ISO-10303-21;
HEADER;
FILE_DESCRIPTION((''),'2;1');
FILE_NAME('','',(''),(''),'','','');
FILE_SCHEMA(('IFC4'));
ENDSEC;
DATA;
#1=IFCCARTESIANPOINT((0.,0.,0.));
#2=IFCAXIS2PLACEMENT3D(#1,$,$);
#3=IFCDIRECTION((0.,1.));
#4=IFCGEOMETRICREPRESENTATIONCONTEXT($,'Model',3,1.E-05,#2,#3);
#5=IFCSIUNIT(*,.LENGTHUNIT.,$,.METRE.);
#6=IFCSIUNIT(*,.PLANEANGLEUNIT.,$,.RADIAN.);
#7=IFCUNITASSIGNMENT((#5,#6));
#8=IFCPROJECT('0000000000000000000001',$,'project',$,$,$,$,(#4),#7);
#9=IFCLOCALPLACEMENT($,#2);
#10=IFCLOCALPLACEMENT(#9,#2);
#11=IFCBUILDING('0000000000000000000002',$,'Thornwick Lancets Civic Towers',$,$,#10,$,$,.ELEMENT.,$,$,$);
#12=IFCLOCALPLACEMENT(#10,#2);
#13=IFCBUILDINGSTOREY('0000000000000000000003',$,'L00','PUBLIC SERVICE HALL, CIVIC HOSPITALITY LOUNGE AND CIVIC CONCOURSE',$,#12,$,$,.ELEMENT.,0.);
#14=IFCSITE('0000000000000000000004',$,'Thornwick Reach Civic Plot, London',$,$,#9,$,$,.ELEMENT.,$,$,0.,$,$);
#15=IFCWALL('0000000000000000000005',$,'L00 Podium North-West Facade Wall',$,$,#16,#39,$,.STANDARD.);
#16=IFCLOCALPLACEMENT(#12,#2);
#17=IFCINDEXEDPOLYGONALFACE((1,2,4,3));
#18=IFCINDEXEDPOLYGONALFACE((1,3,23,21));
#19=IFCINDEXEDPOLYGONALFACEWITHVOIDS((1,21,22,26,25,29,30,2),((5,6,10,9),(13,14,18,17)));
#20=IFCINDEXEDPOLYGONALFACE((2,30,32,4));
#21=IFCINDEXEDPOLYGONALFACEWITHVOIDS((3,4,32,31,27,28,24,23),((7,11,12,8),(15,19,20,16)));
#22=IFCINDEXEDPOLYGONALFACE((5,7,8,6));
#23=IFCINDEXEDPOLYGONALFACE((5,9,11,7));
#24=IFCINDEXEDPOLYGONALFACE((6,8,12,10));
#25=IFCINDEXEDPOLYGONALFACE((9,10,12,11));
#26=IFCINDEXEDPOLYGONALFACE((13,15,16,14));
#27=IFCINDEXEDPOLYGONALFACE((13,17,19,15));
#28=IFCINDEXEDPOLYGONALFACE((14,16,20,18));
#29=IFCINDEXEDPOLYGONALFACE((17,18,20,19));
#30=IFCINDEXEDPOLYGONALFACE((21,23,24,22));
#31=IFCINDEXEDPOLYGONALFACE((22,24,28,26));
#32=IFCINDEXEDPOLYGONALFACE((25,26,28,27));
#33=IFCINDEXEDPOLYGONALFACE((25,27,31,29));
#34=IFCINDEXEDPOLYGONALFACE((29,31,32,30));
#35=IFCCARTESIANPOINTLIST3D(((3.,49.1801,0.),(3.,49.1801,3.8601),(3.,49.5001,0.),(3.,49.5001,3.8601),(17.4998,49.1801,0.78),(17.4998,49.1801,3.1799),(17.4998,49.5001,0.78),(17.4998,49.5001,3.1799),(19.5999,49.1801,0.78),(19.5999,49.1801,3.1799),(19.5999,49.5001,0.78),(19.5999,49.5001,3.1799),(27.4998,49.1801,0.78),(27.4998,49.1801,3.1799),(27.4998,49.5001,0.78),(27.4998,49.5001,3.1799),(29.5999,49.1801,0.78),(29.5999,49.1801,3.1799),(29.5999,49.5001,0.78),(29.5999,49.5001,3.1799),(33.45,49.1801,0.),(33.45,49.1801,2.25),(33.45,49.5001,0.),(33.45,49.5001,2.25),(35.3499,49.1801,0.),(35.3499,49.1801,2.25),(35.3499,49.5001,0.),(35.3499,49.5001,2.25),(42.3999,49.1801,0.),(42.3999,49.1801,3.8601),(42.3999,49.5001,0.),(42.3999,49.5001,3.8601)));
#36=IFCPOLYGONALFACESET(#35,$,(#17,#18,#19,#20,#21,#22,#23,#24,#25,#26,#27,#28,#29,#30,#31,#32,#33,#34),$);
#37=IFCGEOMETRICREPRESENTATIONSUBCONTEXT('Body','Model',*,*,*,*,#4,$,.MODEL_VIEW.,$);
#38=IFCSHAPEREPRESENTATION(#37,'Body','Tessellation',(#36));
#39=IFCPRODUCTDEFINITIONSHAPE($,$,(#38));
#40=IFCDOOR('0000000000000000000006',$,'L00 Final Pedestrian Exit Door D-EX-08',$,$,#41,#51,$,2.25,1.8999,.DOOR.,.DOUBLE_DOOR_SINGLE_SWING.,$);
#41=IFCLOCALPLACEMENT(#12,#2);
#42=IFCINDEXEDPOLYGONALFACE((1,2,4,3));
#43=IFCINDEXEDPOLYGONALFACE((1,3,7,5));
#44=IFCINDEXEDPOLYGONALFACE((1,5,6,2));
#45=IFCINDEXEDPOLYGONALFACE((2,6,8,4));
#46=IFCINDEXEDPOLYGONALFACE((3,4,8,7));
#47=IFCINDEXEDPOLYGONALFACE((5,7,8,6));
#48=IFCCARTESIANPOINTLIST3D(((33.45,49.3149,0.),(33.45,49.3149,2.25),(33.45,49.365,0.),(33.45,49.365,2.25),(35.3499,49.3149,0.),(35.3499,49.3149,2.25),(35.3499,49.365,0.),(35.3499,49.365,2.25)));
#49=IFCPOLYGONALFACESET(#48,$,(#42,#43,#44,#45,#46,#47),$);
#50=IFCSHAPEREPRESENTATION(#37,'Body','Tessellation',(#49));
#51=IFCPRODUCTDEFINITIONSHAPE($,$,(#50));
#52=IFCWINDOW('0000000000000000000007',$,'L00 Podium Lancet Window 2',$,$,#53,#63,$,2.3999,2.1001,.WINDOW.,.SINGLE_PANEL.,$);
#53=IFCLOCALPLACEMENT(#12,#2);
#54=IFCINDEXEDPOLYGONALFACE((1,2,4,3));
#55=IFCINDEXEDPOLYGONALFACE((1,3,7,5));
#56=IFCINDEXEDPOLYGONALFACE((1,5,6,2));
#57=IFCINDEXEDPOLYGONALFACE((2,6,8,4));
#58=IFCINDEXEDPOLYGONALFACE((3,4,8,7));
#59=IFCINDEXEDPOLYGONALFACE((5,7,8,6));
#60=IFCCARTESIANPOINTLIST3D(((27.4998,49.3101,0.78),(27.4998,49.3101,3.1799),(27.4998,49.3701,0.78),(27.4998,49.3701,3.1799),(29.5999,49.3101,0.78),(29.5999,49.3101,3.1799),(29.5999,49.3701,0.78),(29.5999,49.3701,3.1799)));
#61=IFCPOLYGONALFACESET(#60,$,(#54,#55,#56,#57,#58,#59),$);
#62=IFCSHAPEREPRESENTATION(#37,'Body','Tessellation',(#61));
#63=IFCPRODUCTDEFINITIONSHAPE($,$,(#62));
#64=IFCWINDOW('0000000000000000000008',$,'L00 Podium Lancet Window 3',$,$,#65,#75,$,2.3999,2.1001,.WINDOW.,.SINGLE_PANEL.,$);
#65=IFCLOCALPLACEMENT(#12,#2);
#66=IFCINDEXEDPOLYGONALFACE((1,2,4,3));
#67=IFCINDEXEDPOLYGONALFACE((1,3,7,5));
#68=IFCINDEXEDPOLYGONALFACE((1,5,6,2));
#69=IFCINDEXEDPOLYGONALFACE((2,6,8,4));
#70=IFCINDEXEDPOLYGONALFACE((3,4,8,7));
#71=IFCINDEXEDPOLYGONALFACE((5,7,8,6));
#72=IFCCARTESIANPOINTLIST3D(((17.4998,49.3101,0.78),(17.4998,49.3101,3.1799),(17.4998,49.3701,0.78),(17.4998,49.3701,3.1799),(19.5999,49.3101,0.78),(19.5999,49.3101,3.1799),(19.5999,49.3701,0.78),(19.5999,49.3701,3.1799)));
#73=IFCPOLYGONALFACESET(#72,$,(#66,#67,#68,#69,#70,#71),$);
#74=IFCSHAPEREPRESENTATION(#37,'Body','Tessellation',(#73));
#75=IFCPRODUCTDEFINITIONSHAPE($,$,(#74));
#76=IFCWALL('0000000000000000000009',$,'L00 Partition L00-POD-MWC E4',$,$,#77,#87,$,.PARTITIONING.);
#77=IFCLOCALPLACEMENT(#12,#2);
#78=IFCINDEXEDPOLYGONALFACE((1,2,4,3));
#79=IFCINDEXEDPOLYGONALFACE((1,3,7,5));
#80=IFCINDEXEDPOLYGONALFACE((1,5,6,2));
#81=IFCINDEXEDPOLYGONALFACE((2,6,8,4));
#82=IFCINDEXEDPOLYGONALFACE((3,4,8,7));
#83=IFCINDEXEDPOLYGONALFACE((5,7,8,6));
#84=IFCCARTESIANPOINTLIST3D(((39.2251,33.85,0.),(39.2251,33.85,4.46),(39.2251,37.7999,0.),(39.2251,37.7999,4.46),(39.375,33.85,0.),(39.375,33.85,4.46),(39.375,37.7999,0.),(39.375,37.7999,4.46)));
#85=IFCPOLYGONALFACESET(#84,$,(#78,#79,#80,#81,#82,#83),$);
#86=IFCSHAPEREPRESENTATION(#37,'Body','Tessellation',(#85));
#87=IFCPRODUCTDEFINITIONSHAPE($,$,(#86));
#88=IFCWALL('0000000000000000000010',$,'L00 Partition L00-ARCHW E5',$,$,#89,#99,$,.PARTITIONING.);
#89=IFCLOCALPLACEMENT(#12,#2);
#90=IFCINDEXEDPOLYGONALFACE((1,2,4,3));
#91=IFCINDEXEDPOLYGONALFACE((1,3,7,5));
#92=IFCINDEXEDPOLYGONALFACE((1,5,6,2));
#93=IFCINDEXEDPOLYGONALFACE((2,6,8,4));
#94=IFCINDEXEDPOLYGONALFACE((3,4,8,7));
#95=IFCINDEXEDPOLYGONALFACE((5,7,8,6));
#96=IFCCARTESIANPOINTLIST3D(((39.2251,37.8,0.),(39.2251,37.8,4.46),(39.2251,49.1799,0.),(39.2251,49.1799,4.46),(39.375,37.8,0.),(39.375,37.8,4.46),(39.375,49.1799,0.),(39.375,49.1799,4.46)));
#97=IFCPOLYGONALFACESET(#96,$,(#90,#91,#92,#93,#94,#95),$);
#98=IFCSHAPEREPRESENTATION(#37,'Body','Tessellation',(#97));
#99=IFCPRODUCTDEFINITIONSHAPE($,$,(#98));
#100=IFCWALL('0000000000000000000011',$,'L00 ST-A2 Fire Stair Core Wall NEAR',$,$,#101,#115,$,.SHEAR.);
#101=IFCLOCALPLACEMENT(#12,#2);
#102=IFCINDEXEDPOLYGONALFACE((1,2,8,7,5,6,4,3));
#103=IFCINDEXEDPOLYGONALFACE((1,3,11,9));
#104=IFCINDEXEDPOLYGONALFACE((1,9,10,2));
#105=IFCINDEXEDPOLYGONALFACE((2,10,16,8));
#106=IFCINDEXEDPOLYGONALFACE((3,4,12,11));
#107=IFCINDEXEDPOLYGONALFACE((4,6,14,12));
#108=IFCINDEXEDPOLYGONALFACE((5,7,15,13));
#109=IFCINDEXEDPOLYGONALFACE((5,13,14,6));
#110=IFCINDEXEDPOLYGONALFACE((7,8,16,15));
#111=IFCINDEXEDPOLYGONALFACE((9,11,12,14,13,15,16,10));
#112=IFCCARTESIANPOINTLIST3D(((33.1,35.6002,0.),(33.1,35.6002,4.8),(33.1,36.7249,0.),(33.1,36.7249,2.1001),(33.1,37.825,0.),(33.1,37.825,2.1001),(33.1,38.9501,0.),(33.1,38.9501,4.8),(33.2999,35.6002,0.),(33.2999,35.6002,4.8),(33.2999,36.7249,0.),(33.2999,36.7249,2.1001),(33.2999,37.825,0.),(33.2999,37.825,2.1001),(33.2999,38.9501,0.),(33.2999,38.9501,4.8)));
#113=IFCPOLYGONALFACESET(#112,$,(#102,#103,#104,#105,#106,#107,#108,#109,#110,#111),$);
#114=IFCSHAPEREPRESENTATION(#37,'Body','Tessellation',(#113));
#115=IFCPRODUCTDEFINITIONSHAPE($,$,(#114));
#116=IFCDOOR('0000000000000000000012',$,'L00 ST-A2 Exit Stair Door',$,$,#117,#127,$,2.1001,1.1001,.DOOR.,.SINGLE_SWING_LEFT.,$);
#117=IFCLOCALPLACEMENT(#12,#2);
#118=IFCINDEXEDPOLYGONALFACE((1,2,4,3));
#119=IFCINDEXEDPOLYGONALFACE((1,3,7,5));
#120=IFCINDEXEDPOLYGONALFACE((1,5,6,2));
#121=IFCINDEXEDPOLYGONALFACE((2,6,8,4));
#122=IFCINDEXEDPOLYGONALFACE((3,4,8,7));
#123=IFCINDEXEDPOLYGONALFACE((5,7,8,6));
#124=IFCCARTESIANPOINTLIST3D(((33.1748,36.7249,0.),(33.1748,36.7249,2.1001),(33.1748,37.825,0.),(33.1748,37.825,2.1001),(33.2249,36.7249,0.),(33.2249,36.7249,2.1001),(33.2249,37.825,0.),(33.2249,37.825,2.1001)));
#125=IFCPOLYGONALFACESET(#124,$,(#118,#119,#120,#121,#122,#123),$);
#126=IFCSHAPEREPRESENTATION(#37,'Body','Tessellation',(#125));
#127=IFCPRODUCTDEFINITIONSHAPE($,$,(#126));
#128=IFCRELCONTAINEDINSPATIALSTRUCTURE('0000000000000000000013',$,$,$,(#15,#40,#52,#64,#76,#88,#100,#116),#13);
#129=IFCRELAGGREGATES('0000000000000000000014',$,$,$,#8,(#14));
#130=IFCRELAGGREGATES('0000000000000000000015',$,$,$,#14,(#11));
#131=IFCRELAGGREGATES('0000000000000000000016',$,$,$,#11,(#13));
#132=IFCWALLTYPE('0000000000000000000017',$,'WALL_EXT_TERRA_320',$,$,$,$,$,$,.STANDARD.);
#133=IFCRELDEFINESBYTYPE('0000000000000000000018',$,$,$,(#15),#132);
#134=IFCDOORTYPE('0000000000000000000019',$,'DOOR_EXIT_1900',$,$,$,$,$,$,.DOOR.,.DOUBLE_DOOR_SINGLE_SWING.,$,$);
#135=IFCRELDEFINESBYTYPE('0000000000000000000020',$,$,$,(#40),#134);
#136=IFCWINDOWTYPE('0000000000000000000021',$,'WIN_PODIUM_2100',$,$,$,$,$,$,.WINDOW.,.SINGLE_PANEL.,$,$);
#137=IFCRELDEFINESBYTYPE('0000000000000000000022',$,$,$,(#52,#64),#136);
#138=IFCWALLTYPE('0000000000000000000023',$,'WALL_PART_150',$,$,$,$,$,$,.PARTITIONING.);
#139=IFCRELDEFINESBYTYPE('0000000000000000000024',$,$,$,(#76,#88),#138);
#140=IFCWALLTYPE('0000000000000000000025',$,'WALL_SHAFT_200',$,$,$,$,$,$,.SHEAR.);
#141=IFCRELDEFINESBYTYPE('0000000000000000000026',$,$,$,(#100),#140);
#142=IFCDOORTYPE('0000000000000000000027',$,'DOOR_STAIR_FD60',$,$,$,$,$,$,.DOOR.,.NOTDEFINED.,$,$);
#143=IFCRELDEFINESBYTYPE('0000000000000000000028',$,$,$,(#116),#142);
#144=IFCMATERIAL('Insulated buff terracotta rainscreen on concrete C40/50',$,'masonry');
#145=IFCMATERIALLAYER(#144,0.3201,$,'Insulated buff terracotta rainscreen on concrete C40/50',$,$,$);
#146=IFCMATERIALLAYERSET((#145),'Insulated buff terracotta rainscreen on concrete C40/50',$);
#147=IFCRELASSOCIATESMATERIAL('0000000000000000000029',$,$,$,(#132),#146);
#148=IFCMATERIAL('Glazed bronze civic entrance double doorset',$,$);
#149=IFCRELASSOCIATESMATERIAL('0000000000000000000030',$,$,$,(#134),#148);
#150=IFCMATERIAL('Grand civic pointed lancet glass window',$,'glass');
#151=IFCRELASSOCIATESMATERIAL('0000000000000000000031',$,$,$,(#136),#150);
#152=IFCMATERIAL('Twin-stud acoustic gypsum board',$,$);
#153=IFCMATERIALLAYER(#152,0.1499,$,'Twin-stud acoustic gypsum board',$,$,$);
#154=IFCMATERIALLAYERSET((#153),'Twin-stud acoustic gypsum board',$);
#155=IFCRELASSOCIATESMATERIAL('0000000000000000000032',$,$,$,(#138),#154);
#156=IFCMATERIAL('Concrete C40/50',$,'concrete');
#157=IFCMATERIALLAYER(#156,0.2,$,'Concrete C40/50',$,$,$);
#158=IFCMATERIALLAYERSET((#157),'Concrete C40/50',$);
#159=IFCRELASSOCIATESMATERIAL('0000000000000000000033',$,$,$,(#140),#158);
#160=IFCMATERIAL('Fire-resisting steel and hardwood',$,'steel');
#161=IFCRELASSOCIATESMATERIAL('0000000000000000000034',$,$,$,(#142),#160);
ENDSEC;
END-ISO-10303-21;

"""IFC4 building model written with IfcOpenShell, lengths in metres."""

from ifc_helpers import new_model, si_unit, direction, frame, frame_2d, origin, place, context, subcontext, project, spatial, rectangle, extrude, material, layer, layer_set, type_object, element, fill, save


model = new_model("IFC4")

# Units and contexts
model_context = context("Model", 3, precision=1e-05, world=origin(), true_north=direction((0.0, 1.0)))
body_context = subcontext(model_context, "Body", "Model", "MODEL_VIEW")
ifc_project = project(units=[si_unit("LENGTHUNIT", "METRE"), si_unit("PLANEANGLEUNIT", "RADIAN")], contexts=[model_context])

# Site, building, storey
site_placement = place(None, origin())
site = spatial("IfcSite", under=ifc_project, at=site_placement, Name="Thornwick Reach Civic Plot, London", CompositionType="ELEMENT", RefElevation=0.0)
building_placement = place(site_placement, origin())
building = spatial("IfcBuilding", under=site, at=building_placement, Name="Thornwick Lancets Civic Towers", CompositionType="ELEMENT")
storey_placement = place(building_placement, origin())
storey = spatial("IfcBuildingStorey", under=building, at=storey_placement, Name="L00", Description="PUBLIC SERVICE HALL, CIVIC HOSPITALITY LOUNGE AND CIVIC CONCOURSE", CompositionType="ELEMENT", Elevation=0.0)

# Wall, openings, door, windows
ifc_material_1 = material(Name="Insulated buff terracotta rainscreen on concrete C40/50", Category="masonry")
ifc_layer_1 = layer(ifc_material_1, 0.3201, Name="Insulated buff terracotta rainscreen on concrete C40/50")
ifc_layer_set_1 = layer_set([ifc_layer_1], Name="Insulated buff terracotta rainscreen on concrete C40/50")
wall_type_1 = type_object("IfcWallType", Name="WALL_EXT_TERRA_320", PredefinedType="STANDARD", material=ifc_layer_set_1)
wall_1_placement = place(storey_placement, frame((42.3999, 49.3401, 0.0), z_axis=(0.0, 0.0, 1.0), x_axis=(-1.0, 0.0, 0.0)))
wall_1 = element("IfcWall", 1, at=wall_1_placement, inside=storey, type_object=wall_type_1, Name="L00 Podium North-West Facade Wall", PredefinedType="STANDARD", context=body_context, shape_type="SweptSolid", body=[
    extrude(rectangle(XDim=39.3999, YDim=0.3201, at=frame_2d((19.7, 0.0))), origin(), (0.0, 0.0, 1.0), 3.8601),
])
opening_1_placement = place(wall_1_placement, frame((8.95, 0.0, 0.0), z_axis=(0.0, 0.0, 1.0), x_axis=(-1.0, 0.0, 0.0)))
opening_1 = element("IfcOpeningElement", 2, at=opening_1_placement, cuts=wall_1, PredefinedType="OPENING", context=body_context, shape_type="SweptSolid", body=[
    extrude(rectangle(XDim=1.8999, YDim=2.25, at=frame_2d((0.95, 1.125))), frame((0.0, 0.1699, 0.0), z_axis=(0.0, -1.0, 0.0), x_axis=(1.0, 0.0, 0.0)), (0.0, 0.0, 1.0), 0.3401),
])
opening_2_placement = place(wall_1_placement, frame((12.8, 0.0, 0.78)))
opening_2 = element("IfcOpeningElement", 3, at=opening_2_placement, cuts=wall_1, PredefinedType="OPENING", context=body_context, shape_type="SweptSolid", body=[
    extrude(rectangle(XDim=2.1001, YDim=2.3999, at=frame_2d((1.05, 1.2))), frame((0.0, 0.1699, 0.0), z_axis=(0.0, -1.0, 0.0), x_axis=(1.0, 0.0, 0.0)), (0.0, 0.0, 1.0), 0.3401),
])
opening_3_placement = place(wall_1_placement, frame((22.8, 0.0, 0.78)))
opening_3 = element("IfcOpeningElement", 4, at=opening_3_placement, cuts=wall_1, PredefinedType="OPENING", context=body_context, shape_type="SweptSolid", body=[
    extrude(rectangle(XDim=2.1001, YDim=2.3999, at=frame_2d((1.05, 1.2))), frame((0.0, 0.1699, 0.0), z_axis=(0.0, -1.0, 0.0), x_axis=(1.0, 0.0, 0.0)), (0.0, 0.0, 1.0), 0.3401),
])
ifc_material_2 = material(Name="Glazed bronze civic entrance double doorset")
door_type_1 = type_object("IfcDoorType", Name="DOOR_EXIT_1900", OperationType="DOUBLE_DOOR_SINGLE_SWING", PredefinedType="DOOR", material=ifc_material_2)
door_1_placement = place(opening_1_placement, origin())
door_1 = element("IfcDoor", 5, at=door_1_placement, inside=storey, type_object=door_type_1, Name="L00 Final Pedestrian Exit Door D-EX-08", OperationType="DOUBLE_DOOR_SINGLE_SWING", OverallHeight=2.25, OverallWidth=1.8999, PredefinedType="DOOR", context=body_context, shape_type="SweptSolid", body=[
    extrude(rectangle(XDim=1.8999, YDim=2.25, at=frame_2d((0.95, 1.125))), frame((0.0, 0.0249, 0.0), z_axis=(0.0, -1.0, 0.0), x_axis=(1.0, 0.0, 0.0)), (0.0, 0.0, 1.0), 0.05),
])
fill(opening_1, door_1)
ifc_material_3 = material(Name="Grand civic pointed lancet glass window", Category="glass")
window_type = type_object("IfcWindowType", Name="WIN_PODIUM_2100", PartitioningType="SINGLE_PANEL", PredefinedType="WINDOW", material=ifc_material_3)
window_1_placement = place(opening_2_placement, origin())
window_1 = element("IfcWindow", 6, at=window_1_placement, inside=storey, type_object=window_type, Name="L00 Podium Lancet Window 2", OverallHeight=2.3999, OverallWidth=2.1001, PartitioningType="SINGLE_PANEL", PredefinedType="WINDOW", context=body_context, shape_type="SweptSolid", body=[
    extrude(rectangle(XDim=2.1001, YDim=2.3999, at=frame_2d((1.05, 1.2))), frame((0.0, 0.03, 0.0), z_axis=(0.0, -1.0, 0.0), x_axis=(1.0, 0.0, 0.0)), (0.0, 0.0, 1.0), 0.0601),
])
fill(opening_2, window_1)
window_2_placement = place(opening_3_placement, origin())
window_2 = element("IfcWindow", 7, at=window_2_placement, inside=storey, type_object=window_type, Name="L00 Podium Lancet Window 3", OverallHeight=2.3999, OverallWidth=2.1001, PartitioningType="SINGLE_PANEL", PredefinedType="WINDOW", context=body_context, shape_type="SweptSolid", body=[
    extrude(rectangle(XDim=2.1001, YDim=2.3999, at=frame_2d((1.05, 1.2))), frame((0.0, 0.03, 0.0), z_axis=(0.0, -1.0, 0.0), x_axis=(1.0, 0.0, 0.0)), (0.0, 0.0, 1.0), 0.0601),
])
fill(opening_3, window_2)

# Walls
ifc_material_4 = material(Name="Twin-stud acoustic gypsum board")
ifc_layer_2 = layer(ifc_material_4, 0.1499, Name="Twin-stud acoustic gypsum board")
ifc_layer_set_2 = layer_set([ifc_layer_2], Name="Twin-stud acoustic gypsum board")
wall_type_2 = type_object("IfcWallType", Name="WALL_PART_150", PredefinedType="PARTITIONING", material=ifc_layer_set_2)
wall_2_placement = place(storey_placement, frame((39.3, 37.8, 0.0), z_axis=(0.0, 0.0, 1.0), x_axis=(0.0, -1.0, 0.0)))
element("IfcWall", 8, at=wall_2_placement, inside=storey, type_object=wall_type_2, Name="L00 Partition L00-POD-MWC E4", PredefinedType="PARTITIONING", context=body_context, shape_type="SweptSolid", body=[
    extrude(rectangle(XDim=3.95, YDim=0.1499, at=frame_2d((1.9751, 0.0))), origin(), (0.0, 0.0, 1.0), 4.46),
])
wall_3_placement = place(storey_placement, frame((39.3, 49.1799, 0.0), z_axis=(0.0, 0.0, 1.0), x_axis=(0.0, -1.0, 0.0)))
element("IfcWall", 9, at=wall_3_placement, inside=storey, type_object=wall_type_2, Name="L00 Partition L00-ARCHW E5", PredefinedType="PARTITIONING", context=body_context, shape_type="SweptSolid", body=[
    extrude(rectangle(XDim=11.3799, YDim=0.1499, at=frame_2d((5.6899, 0.0))), origin(), (0.0, 0.0, 1.0), 4.46),
])

# Wall, opening, door
ifc_material_5 = material(Name="Concrete C40/50", Category="concrete")
ifc_layer_3 = layer(ifc_material_5, 0.2, Name="Concrete C40/50")
ifc_layer_set_3 = layer_set([ifc_layer_3], Name="Concrete C40/50")
wall_type_3 = type_object("IfcWallType", Name="WALL_SHAFT_200", PredefinedType="SHEAR", material=ifc_layer_set_3)
wall_4_placement = place(storey_placement, frame((33.2, 38.95, 0.0), z_axis=(0.0, 0.0, 1.0), x_axis=(0.0, -1.0, 0.0)))
wall_4 = element("IfcWall", 10, at=wall_4_placement, inside=storey, type_object=wall_type_3, Name="L00 ST-A2 Fire Stair Core Wall NEAR", PredefinedType="SHEAR", context=body_context, shape_type="SweptSolid", body=[
    extrude(rectangle(XDim=3.3499, YDim=0.2, at=frame_2d((1.6748, 0.0))), origin(), (0.0, 0.0, 1.0), 4.8),
])
opening_4_placement = place(wall_4_placement, frame((1.125, 0.0, 0.0)))
opening_4 = element("IfcOpeningElement", 11, at=opening_4_placement, cuts=wall_4, PredefinedType="OPENING", context=body_context, shape_type="SweptSolid", body=[
    extrude(rectangle(XDim=1.1001, YDim=2.1001, at=frame_2d((0.55, 1.05))), frame((0.0, 0.1099, 0.0), z_axis=(0.0, -1.0, 0.0), x_axis=(1.0, 0.0, 0.0)), (0.0, 0.0, 1.0), 0.22),
])
ifc_material_6 = material(Name="Fire-resisting steel and hardwood", Category="steel")
door_type_2 = type_object("IfcDoorType", Name="DOOR_STAIR_FD60", OperationType="NOTDEFINED", PredefinedType="DOOR", material=ifc_material_6)
door_2_placement = place(opening_4_placement, origin())
door_2 = element("IfcDoor", 12, at=door_2_placement, inside=storey, type_object=door_type_2, Name="L00 ST-A2 Exit Stair Door", OperationType="SINGLE_SWING_LEFT", OverallHeight=2.1001, OverallWidth=1.1001, PredefinedType="DOOR", context=body_context, shape_type="SweptSolid", body=[
    extrude(rectangle(XDim=1.1001, YDim=2.1001, at=frame_2d((0.55, 1.05))), frame((0.0, 0.0249, 0.0), z_axis=(0.0, -1.0, 0.0), x_axis=(1.0, 0.0, 0.0)), (0.0, 0.0, 1.0), 0.05),
])
fill(opening_4, door_2)

save(model, "model.ifc")
